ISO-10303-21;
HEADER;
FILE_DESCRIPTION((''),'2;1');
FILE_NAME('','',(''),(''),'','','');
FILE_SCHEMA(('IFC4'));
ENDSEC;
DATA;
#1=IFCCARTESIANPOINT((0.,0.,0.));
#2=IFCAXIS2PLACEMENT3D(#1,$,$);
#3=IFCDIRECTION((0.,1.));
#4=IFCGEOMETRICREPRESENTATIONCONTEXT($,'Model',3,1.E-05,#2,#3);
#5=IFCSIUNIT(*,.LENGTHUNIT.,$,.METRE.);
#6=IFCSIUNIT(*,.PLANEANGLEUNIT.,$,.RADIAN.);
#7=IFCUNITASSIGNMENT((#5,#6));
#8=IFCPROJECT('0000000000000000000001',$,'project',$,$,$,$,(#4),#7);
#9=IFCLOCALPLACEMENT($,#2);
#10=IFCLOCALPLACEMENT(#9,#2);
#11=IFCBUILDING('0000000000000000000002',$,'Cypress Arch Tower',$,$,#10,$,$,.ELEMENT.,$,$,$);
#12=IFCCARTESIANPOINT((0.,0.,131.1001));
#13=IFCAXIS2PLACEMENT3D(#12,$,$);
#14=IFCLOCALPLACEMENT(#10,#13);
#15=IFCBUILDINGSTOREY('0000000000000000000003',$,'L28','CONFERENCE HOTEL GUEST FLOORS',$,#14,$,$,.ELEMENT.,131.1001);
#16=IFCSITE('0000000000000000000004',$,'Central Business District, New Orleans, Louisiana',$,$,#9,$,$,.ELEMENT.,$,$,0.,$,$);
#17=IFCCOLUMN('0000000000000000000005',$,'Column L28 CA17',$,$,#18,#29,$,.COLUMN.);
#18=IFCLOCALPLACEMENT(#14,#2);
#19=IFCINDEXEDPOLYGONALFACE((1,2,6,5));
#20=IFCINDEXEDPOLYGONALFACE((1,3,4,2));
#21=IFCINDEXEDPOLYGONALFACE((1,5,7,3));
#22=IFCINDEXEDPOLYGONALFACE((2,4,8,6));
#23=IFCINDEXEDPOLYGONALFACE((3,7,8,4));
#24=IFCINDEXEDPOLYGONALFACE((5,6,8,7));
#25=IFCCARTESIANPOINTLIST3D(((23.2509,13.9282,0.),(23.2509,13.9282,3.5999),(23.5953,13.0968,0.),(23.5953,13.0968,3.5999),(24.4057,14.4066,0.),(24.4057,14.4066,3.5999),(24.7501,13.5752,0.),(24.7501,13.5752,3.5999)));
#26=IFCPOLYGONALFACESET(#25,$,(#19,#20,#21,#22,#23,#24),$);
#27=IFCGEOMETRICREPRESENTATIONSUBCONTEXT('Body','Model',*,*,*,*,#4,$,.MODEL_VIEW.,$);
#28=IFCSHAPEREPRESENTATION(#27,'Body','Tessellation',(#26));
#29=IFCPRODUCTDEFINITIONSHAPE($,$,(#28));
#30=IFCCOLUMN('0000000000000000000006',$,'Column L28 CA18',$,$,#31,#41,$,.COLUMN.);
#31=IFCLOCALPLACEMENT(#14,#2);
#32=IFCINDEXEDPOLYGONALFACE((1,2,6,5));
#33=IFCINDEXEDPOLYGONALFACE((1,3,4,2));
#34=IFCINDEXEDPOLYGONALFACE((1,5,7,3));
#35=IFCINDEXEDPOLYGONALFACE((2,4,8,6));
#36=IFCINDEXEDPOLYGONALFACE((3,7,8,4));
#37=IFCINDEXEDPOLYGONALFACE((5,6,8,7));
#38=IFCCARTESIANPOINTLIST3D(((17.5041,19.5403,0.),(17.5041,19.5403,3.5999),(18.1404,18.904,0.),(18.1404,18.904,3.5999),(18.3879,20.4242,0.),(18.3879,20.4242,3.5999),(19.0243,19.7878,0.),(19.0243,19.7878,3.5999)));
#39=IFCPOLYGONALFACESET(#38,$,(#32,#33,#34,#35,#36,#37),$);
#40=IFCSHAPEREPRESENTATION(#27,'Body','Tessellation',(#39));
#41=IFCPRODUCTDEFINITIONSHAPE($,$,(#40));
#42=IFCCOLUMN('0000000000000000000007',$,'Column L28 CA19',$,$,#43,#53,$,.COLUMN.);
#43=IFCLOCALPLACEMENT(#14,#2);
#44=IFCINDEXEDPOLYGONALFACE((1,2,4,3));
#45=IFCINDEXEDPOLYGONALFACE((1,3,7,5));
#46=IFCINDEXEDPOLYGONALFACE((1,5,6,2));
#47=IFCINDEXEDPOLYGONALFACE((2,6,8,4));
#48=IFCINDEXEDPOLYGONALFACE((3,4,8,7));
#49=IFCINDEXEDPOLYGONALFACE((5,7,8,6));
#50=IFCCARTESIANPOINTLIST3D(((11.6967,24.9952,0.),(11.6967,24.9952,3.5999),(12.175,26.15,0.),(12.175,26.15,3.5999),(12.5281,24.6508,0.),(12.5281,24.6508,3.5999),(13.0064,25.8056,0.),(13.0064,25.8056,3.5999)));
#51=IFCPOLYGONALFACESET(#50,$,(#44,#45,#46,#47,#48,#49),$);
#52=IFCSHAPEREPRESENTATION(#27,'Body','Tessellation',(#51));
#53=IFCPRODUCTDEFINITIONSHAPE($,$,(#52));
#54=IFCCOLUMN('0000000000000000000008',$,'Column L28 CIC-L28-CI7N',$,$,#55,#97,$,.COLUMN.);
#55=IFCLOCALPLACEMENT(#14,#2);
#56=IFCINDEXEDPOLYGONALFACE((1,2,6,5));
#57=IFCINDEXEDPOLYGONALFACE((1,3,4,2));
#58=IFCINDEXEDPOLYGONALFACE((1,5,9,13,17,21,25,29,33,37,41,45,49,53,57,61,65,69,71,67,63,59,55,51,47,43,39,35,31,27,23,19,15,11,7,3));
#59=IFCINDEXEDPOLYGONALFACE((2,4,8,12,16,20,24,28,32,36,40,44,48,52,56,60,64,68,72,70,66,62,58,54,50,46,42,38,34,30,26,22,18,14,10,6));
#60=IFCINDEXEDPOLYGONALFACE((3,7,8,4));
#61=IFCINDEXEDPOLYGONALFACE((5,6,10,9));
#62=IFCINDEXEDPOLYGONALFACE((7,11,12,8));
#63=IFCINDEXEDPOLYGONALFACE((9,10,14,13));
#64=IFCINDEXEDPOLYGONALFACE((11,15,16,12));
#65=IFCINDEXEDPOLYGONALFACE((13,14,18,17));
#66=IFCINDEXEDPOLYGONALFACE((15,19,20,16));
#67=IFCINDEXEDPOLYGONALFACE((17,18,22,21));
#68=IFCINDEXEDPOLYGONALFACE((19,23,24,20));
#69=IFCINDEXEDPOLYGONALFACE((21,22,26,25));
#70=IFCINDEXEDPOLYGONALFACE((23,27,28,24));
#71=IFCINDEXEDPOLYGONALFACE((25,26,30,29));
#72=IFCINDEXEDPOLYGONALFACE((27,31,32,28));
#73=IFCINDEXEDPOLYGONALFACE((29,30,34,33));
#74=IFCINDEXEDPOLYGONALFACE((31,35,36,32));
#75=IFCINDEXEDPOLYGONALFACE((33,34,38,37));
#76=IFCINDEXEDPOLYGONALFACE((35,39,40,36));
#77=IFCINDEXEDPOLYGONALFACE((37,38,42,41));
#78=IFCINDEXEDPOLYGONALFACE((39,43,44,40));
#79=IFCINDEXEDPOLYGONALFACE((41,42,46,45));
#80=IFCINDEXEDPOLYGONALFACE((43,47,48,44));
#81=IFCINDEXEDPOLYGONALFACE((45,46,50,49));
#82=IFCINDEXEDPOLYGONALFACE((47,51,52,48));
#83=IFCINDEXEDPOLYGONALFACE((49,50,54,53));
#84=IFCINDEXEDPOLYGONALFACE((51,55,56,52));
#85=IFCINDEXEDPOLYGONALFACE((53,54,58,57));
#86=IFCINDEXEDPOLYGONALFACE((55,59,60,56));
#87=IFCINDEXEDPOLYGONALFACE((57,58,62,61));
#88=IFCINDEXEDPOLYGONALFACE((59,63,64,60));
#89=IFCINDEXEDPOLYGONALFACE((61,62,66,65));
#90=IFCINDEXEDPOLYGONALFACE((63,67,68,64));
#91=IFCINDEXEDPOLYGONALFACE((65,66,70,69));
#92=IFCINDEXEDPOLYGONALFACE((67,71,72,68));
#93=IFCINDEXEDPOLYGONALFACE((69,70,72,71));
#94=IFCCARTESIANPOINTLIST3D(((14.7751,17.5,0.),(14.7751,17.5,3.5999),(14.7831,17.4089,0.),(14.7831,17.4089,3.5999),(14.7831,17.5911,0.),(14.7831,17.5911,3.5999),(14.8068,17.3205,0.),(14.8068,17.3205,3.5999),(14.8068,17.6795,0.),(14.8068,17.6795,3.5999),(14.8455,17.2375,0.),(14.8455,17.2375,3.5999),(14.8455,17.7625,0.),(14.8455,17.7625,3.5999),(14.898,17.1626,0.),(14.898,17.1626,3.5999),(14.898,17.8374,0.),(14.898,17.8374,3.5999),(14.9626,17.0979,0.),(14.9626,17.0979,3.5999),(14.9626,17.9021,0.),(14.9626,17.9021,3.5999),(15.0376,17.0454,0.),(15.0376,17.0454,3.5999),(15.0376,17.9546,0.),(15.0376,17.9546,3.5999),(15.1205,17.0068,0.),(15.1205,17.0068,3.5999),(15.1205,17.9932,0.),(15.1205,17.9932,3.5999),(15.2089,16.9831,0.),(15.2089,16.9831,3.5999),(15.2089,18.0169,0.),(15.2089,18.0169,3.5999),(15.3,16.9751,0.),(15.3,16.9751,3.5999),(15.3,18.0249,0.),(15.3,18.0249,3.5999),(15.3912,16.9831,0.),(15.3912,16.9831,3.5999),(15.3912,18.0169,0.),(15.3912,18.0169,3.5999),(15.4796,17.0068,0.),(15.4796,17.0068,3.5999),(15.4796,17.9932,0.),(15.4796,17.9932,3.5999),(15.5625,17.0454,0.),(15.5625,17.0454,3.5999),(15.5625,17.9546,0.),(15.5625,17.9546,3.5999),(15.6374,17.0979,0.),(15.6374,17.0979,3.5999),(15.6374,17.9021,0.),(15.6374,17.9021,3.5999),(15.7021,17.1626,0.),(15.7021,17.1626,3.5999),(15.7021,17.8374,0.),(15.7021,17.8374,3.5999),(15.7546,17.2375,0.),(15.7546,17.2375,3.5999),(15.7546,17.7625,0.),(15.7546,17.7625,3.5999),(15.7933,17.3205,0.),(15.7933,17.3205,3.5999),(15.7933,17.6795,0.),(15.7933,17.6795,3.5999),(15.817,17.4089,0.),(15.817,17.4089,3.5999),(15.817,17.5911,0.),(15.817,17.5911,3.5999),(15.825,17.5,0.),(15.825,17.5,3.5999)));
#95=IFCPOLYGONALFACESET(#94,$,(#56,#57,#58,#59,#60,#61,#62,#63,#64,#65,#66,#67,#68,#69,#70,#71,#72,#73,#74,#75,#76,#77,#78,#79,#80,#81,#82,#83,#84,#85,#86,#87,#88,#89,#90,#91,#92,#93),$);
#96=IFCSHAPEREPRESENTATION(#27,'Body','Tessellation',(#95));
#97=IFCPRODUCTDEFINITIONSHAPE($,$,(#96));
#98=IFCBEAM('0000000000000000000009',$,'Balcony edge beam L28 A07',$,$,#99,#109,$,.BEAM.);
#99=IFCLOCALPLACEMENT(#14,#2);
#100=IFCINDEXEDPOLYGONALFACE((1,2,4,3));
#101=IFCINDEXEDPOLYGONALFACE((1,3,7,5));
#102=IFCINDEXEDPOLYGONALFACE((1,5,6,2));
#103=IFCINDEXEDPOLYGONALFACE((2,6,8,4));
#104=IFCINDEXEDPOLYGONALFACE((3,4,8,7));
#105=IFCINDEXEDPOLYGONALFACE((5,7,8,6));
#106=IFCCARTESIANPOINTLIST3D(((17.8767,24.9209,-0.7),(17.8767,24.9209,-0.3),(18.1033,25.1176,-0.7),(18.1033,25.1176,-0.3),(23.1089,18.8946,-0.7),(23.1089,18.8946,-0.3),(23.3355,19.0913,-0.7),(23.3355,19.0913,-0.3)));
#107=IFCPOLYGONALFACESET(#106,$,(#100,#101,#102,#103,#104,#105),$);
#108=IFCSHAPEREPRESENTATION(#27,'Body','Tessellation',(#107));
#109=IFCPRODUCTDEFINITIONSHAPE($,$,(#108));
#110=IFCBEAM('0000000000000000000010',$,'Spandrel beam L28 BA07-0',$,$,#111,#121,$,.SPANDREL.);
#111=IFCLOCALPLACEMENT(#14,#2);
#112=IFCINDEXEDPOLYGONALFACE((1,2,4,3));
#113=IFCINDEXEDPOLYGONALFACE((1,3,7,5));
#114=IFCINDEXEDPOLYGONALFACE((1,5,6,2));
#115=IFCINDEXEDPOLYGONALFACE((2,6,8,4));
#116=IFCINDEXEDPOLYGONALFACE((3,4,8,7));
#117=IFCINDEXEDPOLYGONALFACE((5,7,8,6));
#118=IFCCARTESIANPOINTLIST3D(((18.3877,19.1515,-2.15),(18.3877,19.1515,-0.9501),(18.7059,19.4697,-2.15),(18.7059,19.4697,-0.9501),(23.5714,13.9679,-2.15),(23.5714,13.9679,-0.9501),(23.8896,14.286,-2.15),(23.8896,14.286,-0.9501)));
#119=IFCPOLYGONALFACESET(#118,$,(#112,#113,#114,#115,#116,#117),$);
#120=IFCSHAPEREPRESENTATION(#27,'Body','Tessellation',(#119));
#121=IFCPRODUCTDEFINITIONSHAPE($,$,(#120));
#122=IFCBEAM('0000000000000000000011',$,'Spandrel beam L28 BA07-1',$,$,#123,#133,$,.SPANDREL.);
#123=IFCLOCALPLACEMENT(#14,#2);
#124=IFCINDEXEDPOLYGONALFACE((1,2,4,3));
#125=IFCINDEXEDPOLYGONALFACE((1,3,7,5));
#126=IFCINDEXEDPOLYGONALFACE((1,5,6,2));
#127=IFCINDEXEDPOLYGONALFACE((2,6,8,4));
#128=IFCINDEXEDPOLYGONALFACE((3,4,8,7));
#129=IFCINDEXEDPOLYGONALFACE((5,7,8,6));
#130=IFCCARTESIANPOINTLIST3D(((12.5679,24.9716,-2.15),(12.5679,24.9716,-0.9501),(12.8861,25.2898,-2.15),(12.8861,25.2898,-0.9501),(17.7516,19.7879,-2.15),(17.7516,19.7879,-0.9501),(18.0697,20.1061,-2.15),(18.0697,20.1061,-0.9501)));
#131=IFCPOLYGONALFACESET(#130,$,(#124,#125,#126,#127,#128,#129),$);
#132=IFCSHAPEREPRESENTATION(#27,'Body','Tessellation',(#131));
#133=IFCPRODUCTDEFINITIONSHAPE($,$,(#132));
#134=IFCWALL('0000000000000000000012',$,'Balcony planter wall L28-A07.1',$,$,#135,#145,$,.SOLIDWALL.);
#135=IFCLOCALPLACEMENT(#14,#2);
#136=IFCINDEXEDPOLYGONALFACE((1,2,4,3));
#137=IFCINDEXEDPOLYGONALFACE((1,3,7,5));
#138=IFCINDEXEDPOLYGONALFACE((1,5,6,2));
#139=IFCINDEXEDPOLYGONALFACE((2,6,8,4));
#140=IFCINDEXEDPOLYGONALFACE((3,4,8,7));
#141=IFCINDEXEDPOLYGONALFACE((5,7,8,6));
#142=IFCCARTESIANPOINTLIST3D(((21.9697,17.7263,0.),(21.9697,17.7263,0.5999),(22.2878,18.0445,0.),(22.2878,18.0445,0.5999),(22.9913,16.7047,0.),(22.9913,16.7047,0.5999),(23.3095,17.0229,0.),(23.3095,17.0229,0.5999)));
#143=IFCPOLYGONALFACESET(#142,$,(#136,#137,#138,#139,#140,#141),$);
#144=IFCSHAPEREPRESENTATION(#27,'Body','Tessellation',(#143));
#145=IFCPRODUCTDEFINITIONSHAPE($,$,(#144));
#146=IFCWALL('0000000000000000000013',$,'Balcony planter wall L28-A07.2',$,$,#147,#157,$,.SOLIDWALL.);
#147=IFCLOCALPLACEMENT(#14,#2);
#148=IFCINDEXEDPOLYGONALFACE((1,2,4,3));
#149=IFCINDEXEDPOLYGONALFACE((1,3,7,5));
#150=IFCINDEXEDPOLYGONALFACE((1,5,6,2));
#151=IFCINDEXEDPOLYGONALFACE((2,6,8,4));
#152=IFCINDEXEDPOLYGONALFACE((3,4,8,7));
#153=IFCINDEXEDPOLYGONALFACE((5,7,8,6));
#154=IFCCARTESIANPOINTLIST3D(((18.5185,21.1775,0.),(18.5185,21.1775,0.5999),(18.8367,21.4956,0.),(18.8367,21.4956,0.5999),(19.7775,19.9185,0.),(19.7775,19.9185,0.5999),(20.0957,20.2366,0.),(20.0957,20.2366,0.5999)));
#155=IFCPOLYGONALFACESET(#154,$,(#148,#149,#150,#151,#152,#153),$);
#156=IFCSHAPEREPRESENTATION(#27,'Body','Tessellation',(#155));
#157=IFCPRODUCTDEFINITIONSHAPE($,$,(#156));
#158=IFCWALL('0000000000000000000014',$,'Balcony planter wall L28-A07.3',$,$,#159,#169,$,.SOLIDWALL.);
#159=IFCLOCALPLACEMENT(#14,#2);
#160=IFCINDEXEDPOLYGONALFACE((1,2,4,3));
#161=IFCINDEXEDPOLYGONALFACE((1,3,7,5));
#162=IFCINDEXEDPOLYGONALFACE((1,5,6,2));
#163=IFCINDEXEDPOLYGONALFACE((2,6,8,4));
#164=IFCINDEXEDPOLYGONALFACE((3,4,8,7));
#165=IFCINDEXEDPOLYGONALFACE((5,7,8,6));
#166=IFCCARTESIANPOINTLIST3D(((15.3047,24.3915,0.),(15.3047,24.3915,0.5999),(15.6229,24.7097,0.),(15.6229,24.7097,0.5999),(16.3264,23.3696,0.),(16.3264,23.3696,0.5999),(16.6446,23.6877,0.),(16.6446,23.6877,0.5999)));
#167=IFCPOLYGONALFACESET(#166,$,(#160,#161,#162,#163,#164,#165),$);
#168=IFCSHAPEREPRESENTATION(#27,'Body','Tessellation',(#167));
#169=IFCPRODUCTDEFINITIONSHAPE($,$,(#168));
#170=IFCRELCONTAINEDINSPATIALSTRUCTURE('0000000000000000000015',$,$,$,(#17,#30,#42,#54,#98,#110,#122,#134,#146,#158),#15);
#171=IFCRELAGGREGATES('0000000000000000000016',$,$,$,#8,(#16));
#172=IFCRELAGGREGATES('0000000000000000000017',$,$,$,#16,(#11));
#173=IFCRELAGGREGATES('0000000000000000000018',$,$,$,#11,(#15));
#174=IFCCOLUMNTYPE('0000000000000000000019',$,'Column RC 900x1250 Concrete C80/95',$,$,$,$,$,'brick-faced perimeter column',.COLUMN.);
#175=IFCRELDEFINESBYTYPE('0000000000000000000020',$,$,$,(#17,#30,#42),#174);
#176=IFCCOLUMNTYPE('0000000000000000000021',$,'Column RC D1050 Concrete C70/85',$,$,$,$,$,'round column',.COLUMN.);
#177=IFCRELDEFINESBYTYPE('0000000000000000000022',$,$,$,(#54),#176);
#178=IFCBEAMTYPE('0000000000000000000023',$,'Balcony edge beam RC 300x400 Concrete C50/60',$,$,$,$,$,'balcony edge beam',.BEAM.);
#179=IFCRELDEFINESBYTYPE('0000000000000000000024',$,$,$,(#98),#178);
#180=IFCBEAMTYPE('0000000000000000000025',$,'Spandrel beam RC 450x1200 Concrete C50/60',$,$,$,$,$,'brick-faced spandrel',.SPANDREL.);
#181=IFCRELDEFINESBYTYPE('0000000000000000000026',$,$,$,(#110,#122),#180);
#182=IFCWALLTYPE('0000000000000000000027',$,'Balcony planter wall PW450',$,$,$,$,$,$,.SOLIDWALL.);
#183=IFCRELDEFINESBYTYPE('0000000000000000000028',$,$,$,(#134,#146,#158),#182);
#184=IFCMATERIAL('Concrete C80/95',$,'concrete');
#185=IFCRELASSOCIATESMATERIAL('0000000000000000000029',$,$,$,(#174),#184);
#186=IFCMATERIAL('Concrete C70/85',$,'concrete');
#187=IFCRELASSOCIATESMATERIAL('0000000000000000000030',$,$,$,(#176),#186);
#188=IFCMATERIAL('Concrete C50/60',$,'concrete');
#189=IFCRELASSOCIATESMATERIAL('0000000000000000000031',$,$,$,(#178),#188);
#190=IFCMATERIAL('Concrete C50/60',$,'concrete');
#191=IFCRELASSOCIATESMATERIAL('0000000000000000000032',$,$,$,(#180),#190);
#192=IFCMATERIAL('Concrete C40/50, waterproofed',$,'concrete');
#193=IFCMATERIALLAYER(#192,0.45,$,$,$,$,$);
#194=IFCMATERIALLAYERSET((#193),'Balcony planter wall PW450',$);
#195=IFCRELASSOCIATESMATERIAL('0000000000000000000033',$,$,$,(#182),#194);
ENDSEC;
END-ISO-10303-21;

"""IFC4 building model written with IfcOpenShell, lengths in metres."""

from ifc_helpers import new_model, si_unit, direction, frame, frame_2d, origin, origin_2d, place, context, subcontext, project, spatial, rectangle, circle, extrude, material, layer, layer_set, material_profile, profile_set, type_object, element, save


model = new_model("IFC4")

# Units and contexts
model_context = context("Model", 3, precision=1e-05, world=origin(), true_north=direction((0.0, 1.0)))
body_context = subcontext(model_context, "Body", "Model", "MODEL_VIEW")
ifc_project = project(units=[si_unit("LENGTHUNIT", "METRE"), si_unit("PLANEANGLEUNIT", "RADIAN")], contexts=[model_context])

# Site, building, storey
site_placement = place(None, origin())
site = spatial("IfcSite", under=ifc_project, at=site_placement, Name="Central Business District, New Orleans, Louisiana", CompositionType="ELEMENT", RefElevation=0.0)
building_placement = place(site_placement, origin())
building = spatial("IfcBuilding", under=site, at=building_placement, Name="Cypress Arch Tower", CompositionType="ELEMENT")
storey_placement = place(building_placement, frame((0.0, 0.0, 131.1001)))
storey = spatial("IfcBuildingStorey", under=building, at=storey_placement, Name="L28", Description="CONFERENCE HOTEL GUEST FLOORS", CompositionType="ELEMENT", Elevation=131.1001)

# Columns
ifc_material_1 = material(Name="Concrete C80/95", Category="concrete")
ifc_material_profile_1 = material_profile(ifc_material_1, rectangle(XDim=0.8999, YDim=1.25, at=origin_2d()), Name="RC 900x1250")
ifc_profile_set_1 = profile_set([ifc_material_profile_1], Name="Concrete C80/95")
column_type_1 = type_object("IfcColumnType", Name="Column RC 900x1250 Concrete C80/95", ElementType="brick-faced perimeter column", PredefinedType="COLUMN", material=ifc_profile_set_1)
for number, where, z_axis, x_axis, name in (
    (1, (24.0005, 13.7517, 0.0), (0.0, 0.0, 1.0), (-0.382683, 0.92388, 0.0), "Column L28 CA17"),
    (2, (18.2642, 19.6641, 0.0), (0.0, 0.0, 1.0), (-0.707107, 0.707107, 0.0), "Column L28 CA18"),
    (3, (12.3516, 25.4004, 0.0), (0.0, 0.0, 1.0), (-0.92388, 0.382683, 0.0), "Column L28 CA19"),
):
    element("IfcColumn", number, at=place(storey_placement, frame(where, z_axis=z_axis, x_axis=x_axis)), inside=storey, type_object=column_type_1, Name=name, PredefinedType="COLUMN", context=body_context, shape_type="SweptSolid", body=[
        extrude(rectangle(XDim=0.8999, YDim=1.25, at=origin_2d()), origin(), (0.0, 0.0, 1.0), 3.5999),
    ])
ifc_material_2 = material(Name="Concrete C70/85", Category="concrete")
ifc_material_profile_2 = material_profile(ifc_material_2, circle(Radius=0.5249, at=origin_2d()), Name="RC D1050")
ifc_profile_set_2 = profile_set([ifc_material_profile_2], Name="Concrete C70/85")
column_type_2 = type_object("IfcColumnType", Name="Column RC D1050 Concrete C70/85", ElementType="round column", PredefinedType="COLUMN", material=ifc_profile_set_2)
column_placement = place(storey_placement, frame((15.3, 17.5, 0.0), z_axis=(0.0, 0.0, 1.0), x_axis=(1.0, 0.0, 0.0)))
element("IfcColumn", 4, at=column_placement, inside=storey, type_object=column_type_2, Name="Column L28 CIC-L28-CI7N", PredefinedType="COLUMN", context=body_context, shape_type="SweptSolid", body=[
    extrude(circle(Radius=0.5249, at=origin_2d()), origin(), (0.0, 0.0, 1.0), 3.5999),
])

# Beams
ifc_material_3 = material(Name="Concrete C50/60", Category="concrete")
ifc_material_profile_3 = material_profile(ifc_material_3, rectangle(XDim=0.3, YDim=0.3999, at=origin_2d()), Name="RC 300x400")
ifc_profile_set_3 = profile_set([ifc_material_profile_3], Name="Concrete C50/60")
beam_type_1 = type_object("IfcBeamType", Name="Balcony edge beam RC 300x400 Concrete C50/60", ElementType="balcony edge beam", PredefinedType="BEAM", material=ifc_profile_set_3)
beam_placement = place(storey_placement, frame((23.2222, 18.9929, -0.5), z_axis=(-0.655598, 0.75511, 0.0), x_axis=(-0.75511, -0.655598, 0.0)))
element("IfcBeam", 5, at=beam_placement, inside=storey, type_object=beam_type_1, Name="Balcony edge beam L28 A07", PredefinedType="BEAM", context=body_context, shape_type="SweptSolid", body=[
    extrude(rectangle(XDim=0.3, YDim=0.3999, at=origin_2d()), origin(), (0.0, 0.0, 1.0), 7.9807),
])
ifc_material_4 = material(Name="Concrete C50/60", Category="concrete")
ifc_material_profile_4 = material_profile(ifc_material_4, rectangle(XDim=0.45, YDim=1.2, at=origin_2d()), Name="RC 450x1200")
ifc_profile_set_4 = profile_set([ifc_material_profile_4], Name="Concrete C50/60")
beam_type_2 = type_object("IfcBeamType", Name="Spandrel beam RC 450x1200 Concrete C50/60", ElementType="brick-faced spandrel", PredefinedType="SPANDREL", material=ifc_profile_set_4)
for number, where, z_axis, x_axis, name in (
    (6, (23.7305, 14.127, -1.55), (-0.707107, 0.707107, 0.0), (-0.707107, -0.707107, 0.0), "Spandrel beam L28 BA07-0"),
    (7, (17.9106, 19.947, -1.55), (-0.707107, 0.707107, 0.0), (-0.707107, -0.707107, 0.0), "Spandrel beam L28 BA07-1"),
):
    element("IfcBeam", number, at=place(storey_placement, frame(where, z_axis=z_axis, x_axis=x_axis)), inside=storey, type_object=beam_type_2, Name=name, PredefinedType="SPANDREL", context=body_context, shape_type="SweptSolid", body=[
        extrude(rectangle(XDim=0.45, YDim=1.2, at=origin_2d()), origin(), (0.0, 0.0, 1.0), 7.3308),
    ])

# Walls
ifc_material_5 = material(Name="Concrete C40/50, waterproofed", Category="concrete")
ifc_layer_1 = layer(ifc_material_5, 0.45)
ifc_layer_set_1 = layer_set([ifc_layer_1], Name="Balcony planter wall PW450")
wall_type_1 = type_object("IfcWallType", Name="Balcony planter wall PW450", PredefinedType="SOLIDWALL", material=ifc_layer_set_1)
wall_1_placement = place(storey_placement, frame((23.1504, 16.8638, 0.0), z_axis=(0.0, 0.0, 1.0), x_axis=(-0.707107, 0.707107, 0.0)))
element("IfcWall", 8, at=wall_1_placement, inside=storey, type_object=wall_type_1, Name="Balcony planter wall L28-A07.1", PredefinedType="SOLIDWALL", context=body_context, shape_type="SweptSolid", body=[
    extrude(rectangle(XDim=1.4448, YDim=0.45, at=frame_2d((0.7224, 0.0))), origin(), (0.0, 0.0, 1.0), 0.5999),
])
wall_2_placement = place(storey_placement, frame((19.9365, 20.0776, 0.0), z_axis=(0.0, 0.0, 1.0), x_axis=(-0.707107, 0.707107, 0.0)))
element("IfcWall", 9, at=wall_2_placement, inside=storey, type_object=wall_type_1, Name="Balcony planter wall L28-A07.2", PredefinedType="SOLIDWALL", context=body_context, shape_type="SweptSolid", body=[
    extrude(rectangle(XDim=1.7805, YDim=0.45, at=frame_2d((0.8901, 0.0))), origin(), (0.0, 0.0, 1.0), 0.5999),
])
wall_3_placement = place(storey_placement, frame((16.4856, 23.5286, 0.0), z_axis=(0.0, 0.0, 1.0), x_axis=(-0.707022, 0.707191, 0.0)))
element("IfcWall", 10, at=wall_3_placement, inside=storey, type_object=wall_type_1, Name="Balcony planter wall L28-A07.3", PredefinedType="SOLIDWALL", context=body_context, shape_type="SweptSolid", body=[
    extrude(rectangle(XDim=1.4451, YDim=0.45, at=frame_2d((0.7227, 0.0))), origin(), (0.0, 0.0, 1.0), 0.5999),
])

save(model, "model.ifc")
